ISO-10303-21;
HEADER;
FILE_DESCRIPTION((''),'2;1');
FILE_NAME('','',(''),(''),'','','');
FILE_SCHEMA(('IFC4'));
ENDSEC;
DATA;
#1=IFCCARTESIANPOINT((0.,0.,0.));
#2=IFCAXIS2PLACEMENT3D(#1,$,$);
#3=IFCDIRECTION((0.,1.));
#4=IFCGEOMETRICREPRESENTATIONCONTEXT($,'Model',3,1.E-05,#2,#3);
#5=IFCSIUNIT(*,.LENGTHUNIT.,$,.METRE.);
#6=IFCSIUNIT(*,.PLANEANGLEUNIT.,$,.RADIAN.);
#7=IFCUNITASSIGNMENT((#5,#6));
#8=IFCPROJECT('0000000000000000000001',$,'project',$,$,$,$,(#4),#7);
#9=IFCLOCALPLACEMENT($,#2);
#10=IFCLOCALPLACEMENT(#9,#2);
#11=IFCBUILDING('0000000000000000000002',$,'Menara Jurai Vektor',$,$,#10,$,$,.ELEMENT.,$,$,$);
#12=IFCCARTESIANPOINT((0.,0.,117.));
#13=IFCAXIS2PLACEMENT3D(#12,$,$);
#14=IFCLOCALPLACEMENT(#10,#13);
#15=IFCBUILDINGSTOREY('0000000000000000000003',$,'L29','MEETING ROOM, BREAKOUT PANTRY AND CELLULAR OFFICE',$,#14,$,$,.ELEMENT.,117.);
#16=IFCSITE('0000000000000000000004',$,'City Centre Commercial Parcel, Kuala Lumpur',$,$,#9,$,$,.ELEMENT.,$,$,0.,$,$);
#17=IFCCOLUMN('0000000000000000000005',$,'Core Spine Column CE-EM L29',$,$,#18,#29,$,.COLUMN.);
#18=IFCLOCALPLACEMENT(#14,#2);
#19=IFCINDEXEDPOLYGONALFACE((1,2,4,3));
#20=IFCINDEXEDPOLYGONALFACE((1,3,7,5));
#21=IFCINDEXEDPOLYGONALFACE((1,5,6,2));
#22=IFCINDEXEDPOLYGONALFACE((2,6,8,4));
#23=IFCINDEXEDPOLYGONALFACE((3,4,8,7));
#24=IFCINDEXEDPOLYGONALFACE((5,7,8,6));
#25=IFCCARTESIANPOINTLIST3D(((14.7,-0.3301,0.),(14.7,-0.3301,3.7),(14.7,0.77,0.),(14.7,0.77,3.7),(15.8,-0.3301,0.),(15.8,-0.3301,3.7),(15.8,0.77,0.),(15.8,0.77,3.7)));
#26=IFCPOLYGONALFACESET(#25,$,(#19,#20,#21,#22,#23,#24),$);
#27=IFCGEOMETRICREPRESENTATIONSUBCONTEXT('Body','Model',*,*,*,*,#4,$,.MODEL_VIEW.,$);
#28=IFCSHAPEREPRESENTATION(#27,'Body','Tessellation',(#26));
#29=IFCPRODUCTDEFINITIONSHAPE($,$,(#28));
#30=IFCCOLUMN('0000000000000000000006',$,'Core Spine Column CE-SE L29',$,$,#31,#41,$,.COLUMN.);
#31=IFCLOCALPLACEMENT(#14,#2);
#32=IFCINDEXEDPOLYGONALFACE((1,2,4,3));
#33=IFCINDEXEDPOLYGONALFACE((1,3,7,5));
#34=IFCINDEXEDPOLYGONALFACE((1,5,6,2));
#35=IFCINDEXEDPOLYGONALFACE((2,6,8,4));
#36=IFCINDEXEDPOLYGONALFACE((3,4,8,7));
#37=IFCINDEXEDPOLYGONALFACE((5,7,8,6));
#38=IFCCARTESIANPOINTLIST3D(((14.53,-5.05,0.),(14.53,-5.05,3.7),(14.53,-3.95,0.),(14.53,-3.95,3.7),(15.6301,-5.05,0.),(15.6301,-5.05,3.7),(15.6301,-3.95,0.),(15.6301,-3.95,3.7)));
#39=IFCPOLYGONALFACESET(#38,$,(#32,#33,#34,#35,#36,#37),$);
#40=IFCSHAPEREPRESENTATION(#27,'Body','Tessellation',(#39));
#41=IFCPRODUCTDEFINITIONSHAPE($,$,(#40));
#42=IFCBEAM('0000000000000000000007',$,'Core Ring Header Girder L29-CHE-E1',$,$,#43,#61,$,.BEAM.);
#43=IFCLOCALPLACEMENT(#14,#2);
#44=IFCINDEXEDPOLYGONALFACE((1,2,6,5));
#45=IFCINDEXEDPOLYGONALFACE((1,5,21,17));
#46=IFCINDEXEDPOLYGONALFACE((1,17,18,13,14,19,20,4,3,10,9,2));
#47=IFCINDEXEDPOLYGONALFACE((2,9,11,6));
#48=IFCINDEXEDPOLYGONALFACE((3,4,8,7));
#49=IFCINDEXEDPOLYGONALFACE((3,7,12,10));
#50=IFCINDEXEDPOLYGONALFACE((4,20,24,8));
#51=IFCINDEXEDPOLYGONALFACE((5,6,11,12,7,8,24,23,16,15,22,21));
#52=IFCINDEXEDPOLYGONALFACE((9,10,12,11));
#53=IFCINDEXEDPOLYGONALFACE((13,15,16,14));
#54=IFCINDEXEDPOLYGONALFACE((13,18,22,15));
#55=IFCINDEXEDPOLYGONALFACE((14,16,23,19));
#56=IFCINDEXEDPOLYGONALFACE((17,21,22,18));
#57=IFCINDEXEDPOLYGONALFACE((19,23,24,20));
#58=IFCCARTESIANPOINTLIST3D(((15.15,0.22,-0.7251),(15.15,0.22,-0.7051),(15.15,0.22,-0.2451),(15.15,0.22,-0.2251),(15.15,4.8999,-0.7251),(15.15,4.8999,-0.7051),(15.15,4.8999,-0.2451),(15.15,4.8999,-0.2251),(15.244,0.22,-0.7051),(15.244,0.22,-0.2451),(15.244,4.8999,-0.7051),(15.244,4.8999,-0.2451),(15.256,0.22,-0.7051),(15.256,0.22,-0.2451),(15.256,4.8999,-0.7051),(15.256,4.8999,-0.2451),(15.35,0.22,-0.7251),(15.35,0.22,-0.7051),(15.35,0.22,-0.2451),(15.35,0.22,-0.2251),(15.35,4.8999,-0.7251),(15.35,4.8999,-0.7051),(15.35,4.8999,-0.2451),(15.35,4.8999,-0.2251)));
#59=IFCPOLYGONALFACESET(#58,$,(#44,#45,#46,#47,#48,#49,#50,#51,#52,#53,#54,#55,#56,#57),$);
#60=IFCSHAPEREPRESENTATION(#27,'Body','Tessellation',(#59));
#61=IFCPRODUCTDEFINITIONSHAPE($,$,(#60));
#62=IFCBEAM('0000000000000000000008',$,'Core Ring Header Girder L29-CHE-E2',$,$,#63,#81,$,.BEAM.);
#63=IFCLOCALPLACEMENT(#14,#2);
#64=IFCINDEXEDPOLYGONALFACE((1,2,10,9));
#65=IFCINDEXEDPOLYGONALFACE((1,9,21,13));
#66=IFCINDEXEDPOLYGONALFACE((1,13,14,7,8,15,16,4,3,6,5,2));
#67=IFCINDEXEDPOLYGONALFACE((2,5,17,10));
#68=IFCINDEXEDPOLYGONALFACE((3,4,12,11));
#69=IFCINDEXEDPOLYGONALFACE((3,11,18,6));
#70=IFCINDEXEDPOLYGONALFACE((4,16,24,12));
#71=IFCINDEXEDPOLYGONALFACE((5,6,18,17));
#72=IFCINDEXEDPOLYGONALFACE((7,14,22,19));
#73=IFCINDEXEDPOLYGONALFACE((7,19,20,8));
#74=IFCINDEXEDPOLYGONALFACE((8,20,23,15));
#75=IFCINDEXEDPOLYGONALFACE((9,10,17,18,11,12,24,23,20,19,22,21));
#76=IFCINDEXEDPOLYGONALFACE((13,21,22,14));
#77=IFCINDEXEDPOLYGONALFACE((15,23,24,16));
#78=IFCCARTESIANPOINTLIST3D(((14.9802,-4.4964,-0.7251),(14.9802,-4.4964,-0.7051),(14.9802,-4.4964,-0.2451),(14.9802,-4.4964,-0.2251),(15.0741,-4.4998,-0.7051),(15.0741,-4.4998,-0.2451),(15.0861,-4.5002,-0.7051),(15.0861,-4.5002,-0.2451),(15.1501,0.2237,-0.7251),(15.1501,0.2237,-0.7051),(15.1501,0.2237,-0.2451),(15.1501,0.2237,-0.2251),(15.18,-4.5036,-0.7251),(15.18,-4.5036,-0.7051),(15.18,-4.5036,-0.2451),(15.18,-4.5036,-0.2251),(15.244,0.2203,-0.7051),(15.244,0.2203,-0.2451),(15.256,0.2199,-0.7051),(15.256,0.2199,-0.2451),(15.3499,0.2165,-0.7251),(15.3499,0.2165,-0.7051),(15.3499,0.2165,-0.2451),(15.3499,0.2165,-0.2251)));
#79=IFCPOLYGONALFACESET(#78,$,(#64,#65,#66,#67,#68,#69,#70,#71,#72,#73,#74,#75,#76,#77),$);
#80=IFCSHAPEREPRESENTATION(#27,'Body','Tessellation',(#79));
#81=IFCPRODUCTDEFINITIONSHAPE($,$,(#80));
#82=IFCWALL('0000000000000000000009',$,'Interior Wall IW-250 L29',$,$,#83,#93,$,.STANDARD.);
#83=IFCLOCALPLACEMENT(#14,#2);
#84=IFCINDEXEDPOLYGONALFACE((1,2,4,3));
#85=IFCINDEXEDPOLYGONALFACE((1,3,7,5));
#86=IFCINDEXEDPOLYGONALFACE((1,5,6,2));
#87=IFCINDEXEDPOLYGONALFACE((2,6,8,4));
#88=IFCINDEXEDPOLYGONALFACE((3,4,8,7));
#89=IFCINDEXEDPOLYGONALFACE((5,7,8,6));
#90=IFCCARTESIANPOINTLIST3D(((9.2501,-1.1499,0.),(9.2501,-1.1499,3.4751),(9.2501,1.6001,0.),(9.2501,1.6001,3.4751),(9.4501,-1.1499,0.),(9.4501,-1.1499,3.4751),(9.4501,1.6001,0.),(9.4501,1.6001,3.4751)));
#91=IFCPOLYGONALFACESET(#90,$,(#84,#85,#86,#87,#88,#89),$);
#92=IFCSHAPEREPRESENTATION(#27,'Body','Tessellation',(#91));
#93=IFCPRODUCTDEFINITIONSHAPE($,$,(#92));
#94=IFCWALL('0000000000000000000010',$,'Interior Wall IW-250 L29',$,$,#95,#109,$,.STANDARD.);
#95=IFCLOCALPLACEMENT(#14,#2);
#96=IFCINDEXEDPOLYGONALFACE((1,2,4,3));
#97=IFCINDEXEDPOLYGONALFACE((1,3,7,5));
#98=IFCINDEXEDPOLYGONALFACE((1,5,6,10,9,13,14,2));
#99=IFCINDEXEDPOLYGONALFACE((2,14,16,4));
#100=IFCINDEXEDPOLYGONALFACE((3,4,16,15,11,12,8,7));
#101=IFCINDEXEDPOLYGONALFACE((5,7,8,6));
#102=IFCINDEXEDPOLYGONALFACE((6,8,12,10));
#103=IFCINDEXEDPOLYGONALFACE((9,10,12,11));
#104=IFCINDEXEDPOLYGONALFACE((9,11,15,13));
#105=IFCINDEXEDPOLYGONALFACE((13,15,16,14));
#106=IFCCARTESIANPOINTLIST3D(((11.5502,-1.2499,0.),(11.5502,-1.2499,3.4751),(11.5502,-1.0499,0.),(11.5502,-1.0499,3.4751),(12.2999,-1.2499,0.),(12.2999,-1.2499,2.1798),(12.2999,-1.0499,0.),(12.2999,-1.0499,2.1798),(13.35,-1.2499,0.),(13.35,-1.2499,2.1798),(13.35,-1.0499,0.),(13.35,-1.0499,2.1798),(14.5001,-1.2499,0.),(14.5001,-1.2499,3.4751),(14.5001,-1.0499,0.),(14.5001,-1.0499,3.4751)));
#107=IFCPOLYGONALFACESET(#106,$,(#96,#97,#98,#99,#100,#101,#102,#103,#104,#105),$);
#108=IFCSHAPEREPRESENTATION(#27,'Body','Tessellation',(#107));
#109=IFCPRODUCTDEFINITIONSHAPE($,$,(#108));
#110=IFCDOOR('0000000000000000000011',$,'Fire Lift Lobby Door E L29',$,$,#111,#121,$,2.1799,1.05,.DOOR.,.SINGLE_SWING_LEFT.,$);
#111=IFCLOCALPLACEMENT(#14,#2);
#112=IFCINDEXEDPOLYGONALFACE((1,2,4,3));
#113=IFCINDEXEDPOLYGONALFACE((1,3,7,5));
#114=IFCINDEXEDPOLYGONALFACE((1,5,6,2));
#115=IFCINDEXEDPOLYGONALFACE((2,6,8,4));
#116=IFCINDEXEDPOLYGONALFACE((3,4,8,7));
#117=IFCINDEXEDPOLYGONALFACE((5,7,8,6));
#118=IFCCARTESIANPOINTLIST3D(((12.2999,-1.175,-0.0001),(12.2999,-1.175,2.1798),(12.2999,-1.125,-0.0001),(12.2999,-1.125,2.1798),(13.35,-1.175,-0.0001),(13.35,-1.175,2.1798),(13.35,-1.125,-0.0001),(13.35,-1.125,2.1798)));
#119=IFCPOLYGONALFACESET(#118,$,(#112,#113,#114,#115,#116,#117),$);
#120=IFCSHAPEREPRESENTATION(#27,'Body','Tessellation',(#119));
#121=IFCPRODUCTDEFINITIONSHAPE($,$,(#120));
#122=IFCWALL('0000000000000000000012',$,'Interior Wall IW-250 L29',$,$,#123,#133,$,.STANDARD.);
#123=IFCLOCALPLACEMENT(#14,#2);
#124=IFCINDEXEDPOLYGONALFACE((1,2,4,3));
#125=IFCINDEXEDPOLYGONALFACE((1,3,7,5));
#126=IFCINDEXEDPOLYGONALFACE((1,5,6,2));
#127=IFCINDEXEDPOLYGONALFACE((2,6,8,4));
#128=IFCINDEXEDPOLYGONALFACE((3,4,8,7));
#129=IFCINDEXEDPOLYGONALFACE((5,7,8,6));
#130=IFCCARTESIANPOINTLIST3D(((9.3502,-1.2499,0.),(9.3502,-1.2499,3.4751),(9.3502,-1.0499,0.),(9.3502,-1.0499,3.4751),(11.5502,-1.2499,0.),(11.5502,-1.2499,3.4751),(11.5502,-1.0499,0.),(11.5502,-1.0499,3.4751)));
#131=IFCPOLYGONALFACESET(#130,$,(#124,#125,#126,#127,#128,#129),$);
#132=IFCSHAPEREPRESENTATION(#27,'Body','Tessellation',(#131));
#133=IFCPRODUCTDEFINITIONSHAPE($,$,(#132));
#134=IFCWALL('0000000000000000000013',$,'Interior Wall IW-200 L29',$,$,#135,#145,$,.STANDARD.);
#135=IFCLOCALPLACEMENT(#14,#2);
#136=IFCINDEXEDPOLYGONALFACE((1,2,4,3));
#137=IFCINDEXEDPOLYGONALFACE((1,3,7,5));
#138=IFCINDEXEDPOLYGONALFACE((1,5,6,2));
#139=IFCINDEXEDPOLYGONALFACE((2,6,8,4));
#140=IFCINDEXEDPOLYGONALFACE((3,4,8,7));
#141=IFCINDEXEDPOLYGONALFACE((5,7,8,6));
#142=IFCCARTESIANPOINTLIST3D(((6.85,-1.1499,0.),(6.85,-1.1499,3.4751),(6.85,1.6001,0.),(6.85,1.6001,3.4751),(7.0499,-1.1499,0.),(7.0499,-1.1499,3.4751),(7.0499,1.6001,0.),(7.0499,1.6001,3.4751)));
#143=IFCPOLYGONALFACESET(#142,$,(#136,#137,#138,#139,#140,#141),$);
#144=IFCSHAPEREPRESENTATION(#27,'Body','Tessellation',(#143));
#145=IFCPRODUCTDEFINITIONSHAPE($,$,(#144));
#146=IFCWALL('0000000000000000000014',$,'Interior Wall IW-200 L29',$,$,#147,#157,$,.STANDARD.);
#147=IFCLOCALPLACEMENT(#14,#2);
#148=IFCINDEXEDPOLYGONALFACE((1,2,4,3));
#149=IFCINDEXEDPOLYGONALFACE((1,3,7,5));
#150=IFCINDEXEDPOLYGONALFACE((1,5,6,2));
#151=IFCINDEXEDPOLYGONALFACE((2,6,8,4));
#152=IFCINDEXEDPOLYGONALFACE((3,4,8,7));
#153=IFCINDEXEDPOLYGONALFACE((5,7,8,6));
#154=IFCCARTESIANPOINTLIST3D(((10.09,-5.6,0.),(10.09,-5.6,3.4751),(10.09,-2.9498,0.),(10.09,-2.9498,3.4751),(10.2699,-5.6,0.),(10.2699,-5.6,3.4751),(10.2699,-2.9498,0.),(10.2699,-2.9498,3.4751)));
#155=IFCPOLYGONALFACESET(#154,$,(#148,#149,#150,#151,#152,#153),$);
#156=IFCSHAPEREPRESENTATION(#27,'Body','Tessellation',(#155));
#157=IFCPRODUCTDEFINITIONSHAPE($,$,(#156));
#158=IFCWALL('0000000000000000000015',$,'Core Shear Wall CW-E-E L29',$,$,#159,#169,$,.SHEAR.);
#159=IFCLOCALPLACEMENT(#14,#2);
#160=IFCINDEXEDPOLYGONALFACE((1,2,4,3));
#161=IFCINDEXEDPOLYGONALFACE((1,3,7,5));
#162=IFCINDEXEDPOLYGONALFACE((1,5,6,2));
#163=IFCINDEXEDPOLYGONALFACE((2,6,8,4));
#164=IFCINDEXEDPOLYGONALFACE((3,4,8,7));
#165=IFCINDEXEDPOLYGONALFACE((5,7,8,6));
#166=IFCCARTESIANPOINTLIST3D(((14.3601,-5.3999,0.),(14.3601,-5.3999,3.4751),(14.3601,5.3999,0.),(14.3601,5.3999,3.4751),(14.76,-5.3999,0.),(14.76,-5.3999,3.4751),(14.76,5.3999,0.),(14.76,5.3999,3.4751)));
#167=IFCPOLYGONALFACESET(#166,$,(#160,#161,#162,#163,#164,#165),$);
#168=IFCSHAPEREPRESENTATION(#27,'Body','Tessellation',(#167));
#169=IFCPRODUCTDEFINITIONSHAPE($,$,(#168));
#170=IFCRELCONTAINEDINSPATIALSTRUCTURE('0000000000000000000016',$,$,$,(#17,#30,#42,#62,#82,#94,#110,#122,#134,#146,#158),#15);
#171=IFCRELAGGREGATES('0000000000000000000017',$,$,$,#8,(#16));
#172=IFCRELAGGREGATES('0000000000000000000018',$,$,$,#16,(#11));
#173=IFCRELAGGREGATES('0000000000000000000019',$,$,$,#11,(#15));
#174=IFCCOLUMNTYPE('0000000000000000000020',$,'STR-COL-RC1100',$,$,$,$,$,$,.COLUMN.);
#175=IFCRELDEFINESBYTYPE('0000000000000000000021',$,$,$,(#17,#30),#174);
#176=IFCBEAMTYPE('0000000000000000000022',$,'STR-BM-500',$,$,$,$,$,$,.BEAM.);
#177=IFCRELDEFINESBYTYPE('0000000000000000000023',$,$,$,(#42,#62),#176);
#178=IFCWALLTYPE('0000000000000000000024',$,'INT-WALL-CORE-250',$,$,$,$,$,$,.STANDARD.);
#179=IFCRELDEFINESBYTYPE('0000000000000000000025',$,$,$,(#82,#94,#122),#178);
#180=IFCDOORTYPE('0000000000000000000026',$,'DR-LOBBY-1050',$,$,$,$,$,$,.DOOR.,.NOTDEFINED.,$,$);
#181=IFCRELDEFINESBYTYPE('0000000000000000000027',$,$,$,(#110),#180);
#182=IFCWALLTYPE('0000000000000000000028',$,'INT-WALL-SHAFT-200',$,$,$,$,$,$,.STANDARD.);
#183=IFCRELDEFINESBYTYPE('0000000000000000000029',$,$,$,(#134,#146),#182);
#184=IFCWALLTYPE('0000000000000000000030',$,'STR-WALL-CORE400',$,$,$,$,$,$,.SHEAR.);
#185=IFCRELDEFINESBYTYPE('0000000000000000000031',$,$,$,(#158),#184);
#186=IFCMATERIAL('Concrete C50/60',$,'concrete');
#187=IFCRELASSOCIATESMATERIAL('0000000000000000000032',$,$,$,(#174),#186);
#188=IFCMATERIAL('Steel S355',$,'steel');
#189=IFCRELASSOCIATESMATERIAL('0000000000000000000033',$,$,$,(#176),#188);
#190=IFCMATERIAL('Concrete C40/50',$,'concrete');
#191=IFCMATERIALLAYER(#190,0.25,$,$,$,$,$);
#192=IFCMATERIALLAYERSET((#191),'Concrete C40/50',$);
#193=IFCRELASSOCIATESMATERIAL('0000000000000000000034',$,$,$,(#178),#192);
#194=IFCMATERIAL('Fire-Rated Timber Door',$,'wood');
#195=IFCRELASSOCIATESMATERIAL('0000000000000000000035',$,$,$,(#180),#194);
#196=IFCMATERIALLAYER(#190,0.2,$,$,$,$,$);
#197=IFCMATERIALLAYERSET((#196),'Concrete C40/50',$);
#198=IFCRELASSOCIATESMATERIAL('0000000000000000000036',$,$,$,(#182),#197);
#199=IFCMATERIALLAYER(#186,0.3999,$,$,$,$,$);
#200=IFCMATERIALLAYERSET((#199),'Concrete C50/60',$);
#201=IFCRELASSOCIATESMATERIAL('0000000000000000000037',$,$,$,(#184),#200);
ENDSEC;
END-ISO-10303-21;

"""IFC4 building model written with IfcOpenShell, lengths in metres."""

from ifc_helpers import new_model, si_unit, direction, frame, frame_2d, origin, origin_2d, place, context, subcontext, project, spatial, rectangle, i_section, extrude, material, layer, layer_set, material_profile, profile_set, type_object, element, fill, save


model = new_model("IFC4")

# Units and contexts
model_context = context("Model", 3, precision=1e-05, world=origin(), true_north=direction((0.0, 1.0)))
body_context = subcontext(model_context, "Body", "Model", "MODEL_VIEW")
ifc_project = project(units=[si_unit("LENGTHUNIT", "METRE"), si_unit("PLANEANGLEUNIT", "RADIAN")], contexts=[model_context])

# Site, building, storey
site_placement = place(None, origin())
site = spatial("IfcSite", under=ifc_project, at=site_placement, Name="City Centre Commercial Parcel, Kuala Lumpur", CompositionType="ELEMENT", RefElevation=0.0)
building_placement = place(site_placement, origin())
building = spatial("IfcBuilding", under=site, at=building_placement, Name="Menara Jurai Vektor", CompositionType="ELEMENT")
storey_placement = place(building_placement, frame((0.0, 0.0, 117.0)))
storey = spatial("IfcBuildingStorey", under=building, at=storey_placement, Name="L29", Description="MEETING ROOM, BREAKOUT PANTRY AND CELLULAR OFFICE", CompositionType="ELEMENT", Elevation=117.0)

# Columns
ifc_material_1 = material(Name="Concrete C50/60", Category="concrete")
ifc_material_profile_1 = material_profile(ifc_material_1, rectangle(XDim=1.1001, YDim=1.1001, at=origin_2d()), Name="RC 1100x1100")
ifc_profile_set_1 = profile_set([ifc_material_profile_1], Name="Concrete C50/60")
column_type = type_object("IfcColumnType", Name="STR-COL-RC1100", PredefinedType="COLUMN", material=ifc_profile_set_1)
for number, where, z_axis, x_axis, name in (
    (1, (15.25, 0.22, 0.0), (0.0, 0.0, 1.0), (1.0, 0.0, 0.0), "Core Spine Column CE-EM L29"),
    (2, (15.0801, -4.5, 0.0), (0.0, 0.0, 1.0), (1.0, 0.0, 0.0), "Core Spine Column CE-SE L29"),
):
    element("IfcColumn", number, at=place(storey_placement, frame(where, z_axis=z_axis, x_axis=x_axis)), inside=storey, type_object=column_type, Name=name, PredefinedType="COLUMN", context=body_context, shape_type="SweptSolid", body=[
        extrude(rectangle(XDim=1.1001, YDim=1.1001, at=origin_2d()), origin(), (0.0, 0.0, 1.0), 3.7),
    ])

# Beams
ifc_material_2 = material(Name="Steel S355", Category="steel")
ifc_material_profile_2 = material_profile(ifc_material_2, i_section(OverallWidth=0.2, OverallDepth=0.5, WebThickness=0.012, FlangeThickness=0.02, at=origin_2d()), Name="PG 500x200x96")
ifc_profile_set_2 = profile_set([ifc_material_profile_2], Name="Steel S355")
beam_type = type_object("IfcBeamType", Name="STR-BM-500", PredefinedType="BEAM", material=ifc_profile_set_2)
beam_1_placement = place(storey_placement, frame((15.25, 0.22, -0.4751), z_axis=(0.0, 1.0, 0.0), x_axis=(-1.0, 0.0, 0.0)))
element("IfcBeam", 3, at=beam_1_placement, inside=storey, type_object=beam_type, Name="Core Ring Header Girder L29-CHE-E1", PredefinedType="BEAM", context=body_context, shape_type="SweptSolid", body=[
    extrude(i_section(OverallWidth=0.2, OverallDepth=0.5, WebThickness=0.012, FlangeThickness=0.02, at=origin_2d()), origin(), (0.0, 0.0, 1.0), 4.6799),
])
beam_2_placement = place(storey_placement, frame((15.0801, -4.5, -0.4751), z_axis=(0.035977, 0.999353, 0.0), x_axis=(-0.999353, 0.035977, 0.0)))
element("IfcBeam", 4, at=beam_2_placement, inside=storey, type_object=beam_type, Name="Core Ring Header Girder L29-CHE-E2", PredefinedType="BEAM", context=body_context, shape_type="SweptSolid", body=[
    extrude(i_section(OverallWidth=0.2, OverallDepth=0.5, WebThickness=0.012, FlangeThickness=0.02, at=origin_2d()), origin(), (0.0, 0.0, 1.0), 4.7231),
])

# Shared definitions
ifc_material_3 = material(Name="Concrete C40/50", Category="concrete")
ifc_layer_1 = layer(ifc_material_3, 0.25)
ifc_layer_set_1 = layer_set([ifc_layer_1], Name="Concrete C40/50")
wall_type_1 = type_object("IfcWallType", Name="INT-WALL-CORE-250", PredefinedType="STANDARD", material=ifc_layer_set_1)

# Wall
wall_1_placement = place(storey_placement, frame((9.3501, -1.1499, 0.0), z_axis=(0.0, 0.0, 1.0), x_axis=(0.0, 1.0, 0.0)))
element("IfcWall", 5, at=wall_1_placement, inside=storey, type_object=wall_type_1, Name="Interior Wall IW-250 L29", PredefinedType="STANDARD", context=body_context, shape_type="SweptSolid", body=[
    extrude(rectangle(XDim=2.75, YDim=0.2, at=frame_2d((1.375, 0.0))), origin(), (0.0, 0.0, 1.0), 3.4751),
])

# Wall, opening, door
wall_2_placement = place(storey_placement, frame((11.55, -1.1499, 0.0), z_axis=(0.0, 0.0, 1.0), x_axis=(1.0, 0.0, 0.0)))
wall_2 = element("IfcWall", 6, at=wall_2_placement, inside=storey, type_object=wall_type_1, Name="Interior Wall IW-250 L29", PredefinedType="STANDARD", context=body_context, shape_type="SweptSolid", body=[
    extrude(rectangle(XDim=2.95, YDim=0.2, at=frame_2d((1.4751, 0.0))), origin(), (0.0, 0.0, 1.0), 3.4751),
])
opening_1_placement = place(wall_2_placement, frame((0.75, 0.0, 0.0)))
opening_1 = element("IfcOpeningElement", 7, at=opening_1_placement, cuts=wall_2, PredefinedType="OPENING", context=body_context, shape_type="SweptSolid", body=[
    extrude(rectangle(XDim=1.05, YDim=2.1799, at=frame_2d((0.5249, 1.0898))), frame((0.0, 0.1099, 0.0), z_axis=(0.0, -1.0, 0.0), x_axis=(1.0, 0.0, 0.0)), (0.0, 0.0, 1.0), 0.22),
])
ifc_material_4 = material(Name="Fire-Rated Timber Door", Category="wood")
door_type_1 = type_object("IfcDoorType", Name="DR-LOBBY-1050", OperationType="NOTDEFINED", PredefinedType="DOOR", material=ifc_material_4)
door_1_placement = place(opening_1_placement, origin())
door_1 = element("IfcDoor", 8, at=door_1_placement, inside=storey, type_object=door_type_1, Name="Fire Lift Lobby Door E L29", OperationType="SINGLE_SWING_LEFT", OverallHeight=2.1799, OverallWidth=1.05, PredefinedType="DOOR", context=body_context, shape_type="SweptSolid", body=[
    extrude(rectangle(XDim=1.05, YDim=2.1799, at=frame_2d((0.5249, 1.0898))), frame((0.0, 0.0249, 0.0), z_axis=(0.0, -1.0, 0.0), x_axis=(1.0, 0.0, 0.0)), (0.0, 0.0, 1.0), 0.05),
])
fill(opening_1, door_1)

# Walls
wall_3_placement = place(storey_placement, frame((9.3501, -1.1499, 0.0), z_axis=(0.0, 0.0, 1.0), x_axis=(1.0, 0.0, 0.0)))
element("IfcWall", 9, at=wall_3_placement, inside=storey, type_object=wall_type_1, Name="Interior Wall IW-250 L29", PredefinedType="STANDARD", context=body_context, shape_type="SweptSolid", body=[
    extrude(rectangle(XDim=2.2, YDim=0.2, at=frame_2d((1.1001, 0.0))), origin(), (0.0, 0.0, 1.0), 3.4751),
])
ifc_layer_2 = layer(ifc_material_3, 0.2)
ifc_layer_set_2 = layer_set([ifc_layer_2], Name="Concrete C40/50")
wall_type_2 = type_object("IfcWallType", Name="INT-WALL-SHAFT-200", PredefinedType="STANDARD", material=ifc_layer_set_2)
wall_4_placement = place(storey_placement, frame((6.95, -1.1499, 0.0), z_axis=(0.0, 0.0, 1.0), x_axis=(0.0, 1.0, 0.0)))
element("IfcWall", 10, at=wall_4_placement, inside=storey, type_object=wall_type_2, Name="Interior Wall IW-200 L29", PredefinedType="STANDARD", context=body_context, shape_type="SweptSolid", body=[
    extrude(rectangle(XDim=2.75, YDim=0.2, at=frame_2d((1.375, 0.0))), origin(), (0.0, 0.0, 1.0), 3.4751),
])

# Walls
wall_5_placement = place(storey_placement, frame((10.1799, -5.6001, 0.0), z_axis=(0.0, 0.0, 1.0), x_axis=(0.0, 1.0, 0.0)))
element("IfcWall", 11, at=wall_5_placement, inside=storey, type_object=wall_type_2, Name="Interior Wall IW-200 L29", PredefinedType="STANDARD", context=body_context, shape_type="SweptSolid", body=[
    extrude(rectangle(XDim=2.6501, YDim=0.1799, at=frame_2d((1.3252, 0.0))), origin(), (0.0, 0.0, 1.0), 3.4751),
])
ifc_layer_3 = layer(ifc_material_1, 0.3999)
ifc_layer_set_3 = layer_set([ifc_layer_3], Name="Concrete C50/60")
wall_type_3 = type_object("IfcWallType", Name="STR-WALL-CORE400", PredefinedType="SHEAR", material=ifc_layer_set_3)
wall_6_placement = place(storey_placement, frame((14.5601, -5.3999, 0.0), z_axis=(0.0, 0.0, 1.0), x_axis=(0.0, 1.0, 0.0)))
element("IfcWall", 12, at=wall_6_placement, inside=storey, type_object=wall_type_3, Name="Core Shear Wall CW-E-E L29", PredefinedType="SHEAR", context=body_context, shape_type="SweptSolid", body=[
    extrude(rectangle(XDim=10.7998, YDim=0.3999, at=frame_2d((5.3999, 0.0))), origin(), (0.0, 0.0, 1.0), 3.4751),
])

save(model, "model.ifc")
